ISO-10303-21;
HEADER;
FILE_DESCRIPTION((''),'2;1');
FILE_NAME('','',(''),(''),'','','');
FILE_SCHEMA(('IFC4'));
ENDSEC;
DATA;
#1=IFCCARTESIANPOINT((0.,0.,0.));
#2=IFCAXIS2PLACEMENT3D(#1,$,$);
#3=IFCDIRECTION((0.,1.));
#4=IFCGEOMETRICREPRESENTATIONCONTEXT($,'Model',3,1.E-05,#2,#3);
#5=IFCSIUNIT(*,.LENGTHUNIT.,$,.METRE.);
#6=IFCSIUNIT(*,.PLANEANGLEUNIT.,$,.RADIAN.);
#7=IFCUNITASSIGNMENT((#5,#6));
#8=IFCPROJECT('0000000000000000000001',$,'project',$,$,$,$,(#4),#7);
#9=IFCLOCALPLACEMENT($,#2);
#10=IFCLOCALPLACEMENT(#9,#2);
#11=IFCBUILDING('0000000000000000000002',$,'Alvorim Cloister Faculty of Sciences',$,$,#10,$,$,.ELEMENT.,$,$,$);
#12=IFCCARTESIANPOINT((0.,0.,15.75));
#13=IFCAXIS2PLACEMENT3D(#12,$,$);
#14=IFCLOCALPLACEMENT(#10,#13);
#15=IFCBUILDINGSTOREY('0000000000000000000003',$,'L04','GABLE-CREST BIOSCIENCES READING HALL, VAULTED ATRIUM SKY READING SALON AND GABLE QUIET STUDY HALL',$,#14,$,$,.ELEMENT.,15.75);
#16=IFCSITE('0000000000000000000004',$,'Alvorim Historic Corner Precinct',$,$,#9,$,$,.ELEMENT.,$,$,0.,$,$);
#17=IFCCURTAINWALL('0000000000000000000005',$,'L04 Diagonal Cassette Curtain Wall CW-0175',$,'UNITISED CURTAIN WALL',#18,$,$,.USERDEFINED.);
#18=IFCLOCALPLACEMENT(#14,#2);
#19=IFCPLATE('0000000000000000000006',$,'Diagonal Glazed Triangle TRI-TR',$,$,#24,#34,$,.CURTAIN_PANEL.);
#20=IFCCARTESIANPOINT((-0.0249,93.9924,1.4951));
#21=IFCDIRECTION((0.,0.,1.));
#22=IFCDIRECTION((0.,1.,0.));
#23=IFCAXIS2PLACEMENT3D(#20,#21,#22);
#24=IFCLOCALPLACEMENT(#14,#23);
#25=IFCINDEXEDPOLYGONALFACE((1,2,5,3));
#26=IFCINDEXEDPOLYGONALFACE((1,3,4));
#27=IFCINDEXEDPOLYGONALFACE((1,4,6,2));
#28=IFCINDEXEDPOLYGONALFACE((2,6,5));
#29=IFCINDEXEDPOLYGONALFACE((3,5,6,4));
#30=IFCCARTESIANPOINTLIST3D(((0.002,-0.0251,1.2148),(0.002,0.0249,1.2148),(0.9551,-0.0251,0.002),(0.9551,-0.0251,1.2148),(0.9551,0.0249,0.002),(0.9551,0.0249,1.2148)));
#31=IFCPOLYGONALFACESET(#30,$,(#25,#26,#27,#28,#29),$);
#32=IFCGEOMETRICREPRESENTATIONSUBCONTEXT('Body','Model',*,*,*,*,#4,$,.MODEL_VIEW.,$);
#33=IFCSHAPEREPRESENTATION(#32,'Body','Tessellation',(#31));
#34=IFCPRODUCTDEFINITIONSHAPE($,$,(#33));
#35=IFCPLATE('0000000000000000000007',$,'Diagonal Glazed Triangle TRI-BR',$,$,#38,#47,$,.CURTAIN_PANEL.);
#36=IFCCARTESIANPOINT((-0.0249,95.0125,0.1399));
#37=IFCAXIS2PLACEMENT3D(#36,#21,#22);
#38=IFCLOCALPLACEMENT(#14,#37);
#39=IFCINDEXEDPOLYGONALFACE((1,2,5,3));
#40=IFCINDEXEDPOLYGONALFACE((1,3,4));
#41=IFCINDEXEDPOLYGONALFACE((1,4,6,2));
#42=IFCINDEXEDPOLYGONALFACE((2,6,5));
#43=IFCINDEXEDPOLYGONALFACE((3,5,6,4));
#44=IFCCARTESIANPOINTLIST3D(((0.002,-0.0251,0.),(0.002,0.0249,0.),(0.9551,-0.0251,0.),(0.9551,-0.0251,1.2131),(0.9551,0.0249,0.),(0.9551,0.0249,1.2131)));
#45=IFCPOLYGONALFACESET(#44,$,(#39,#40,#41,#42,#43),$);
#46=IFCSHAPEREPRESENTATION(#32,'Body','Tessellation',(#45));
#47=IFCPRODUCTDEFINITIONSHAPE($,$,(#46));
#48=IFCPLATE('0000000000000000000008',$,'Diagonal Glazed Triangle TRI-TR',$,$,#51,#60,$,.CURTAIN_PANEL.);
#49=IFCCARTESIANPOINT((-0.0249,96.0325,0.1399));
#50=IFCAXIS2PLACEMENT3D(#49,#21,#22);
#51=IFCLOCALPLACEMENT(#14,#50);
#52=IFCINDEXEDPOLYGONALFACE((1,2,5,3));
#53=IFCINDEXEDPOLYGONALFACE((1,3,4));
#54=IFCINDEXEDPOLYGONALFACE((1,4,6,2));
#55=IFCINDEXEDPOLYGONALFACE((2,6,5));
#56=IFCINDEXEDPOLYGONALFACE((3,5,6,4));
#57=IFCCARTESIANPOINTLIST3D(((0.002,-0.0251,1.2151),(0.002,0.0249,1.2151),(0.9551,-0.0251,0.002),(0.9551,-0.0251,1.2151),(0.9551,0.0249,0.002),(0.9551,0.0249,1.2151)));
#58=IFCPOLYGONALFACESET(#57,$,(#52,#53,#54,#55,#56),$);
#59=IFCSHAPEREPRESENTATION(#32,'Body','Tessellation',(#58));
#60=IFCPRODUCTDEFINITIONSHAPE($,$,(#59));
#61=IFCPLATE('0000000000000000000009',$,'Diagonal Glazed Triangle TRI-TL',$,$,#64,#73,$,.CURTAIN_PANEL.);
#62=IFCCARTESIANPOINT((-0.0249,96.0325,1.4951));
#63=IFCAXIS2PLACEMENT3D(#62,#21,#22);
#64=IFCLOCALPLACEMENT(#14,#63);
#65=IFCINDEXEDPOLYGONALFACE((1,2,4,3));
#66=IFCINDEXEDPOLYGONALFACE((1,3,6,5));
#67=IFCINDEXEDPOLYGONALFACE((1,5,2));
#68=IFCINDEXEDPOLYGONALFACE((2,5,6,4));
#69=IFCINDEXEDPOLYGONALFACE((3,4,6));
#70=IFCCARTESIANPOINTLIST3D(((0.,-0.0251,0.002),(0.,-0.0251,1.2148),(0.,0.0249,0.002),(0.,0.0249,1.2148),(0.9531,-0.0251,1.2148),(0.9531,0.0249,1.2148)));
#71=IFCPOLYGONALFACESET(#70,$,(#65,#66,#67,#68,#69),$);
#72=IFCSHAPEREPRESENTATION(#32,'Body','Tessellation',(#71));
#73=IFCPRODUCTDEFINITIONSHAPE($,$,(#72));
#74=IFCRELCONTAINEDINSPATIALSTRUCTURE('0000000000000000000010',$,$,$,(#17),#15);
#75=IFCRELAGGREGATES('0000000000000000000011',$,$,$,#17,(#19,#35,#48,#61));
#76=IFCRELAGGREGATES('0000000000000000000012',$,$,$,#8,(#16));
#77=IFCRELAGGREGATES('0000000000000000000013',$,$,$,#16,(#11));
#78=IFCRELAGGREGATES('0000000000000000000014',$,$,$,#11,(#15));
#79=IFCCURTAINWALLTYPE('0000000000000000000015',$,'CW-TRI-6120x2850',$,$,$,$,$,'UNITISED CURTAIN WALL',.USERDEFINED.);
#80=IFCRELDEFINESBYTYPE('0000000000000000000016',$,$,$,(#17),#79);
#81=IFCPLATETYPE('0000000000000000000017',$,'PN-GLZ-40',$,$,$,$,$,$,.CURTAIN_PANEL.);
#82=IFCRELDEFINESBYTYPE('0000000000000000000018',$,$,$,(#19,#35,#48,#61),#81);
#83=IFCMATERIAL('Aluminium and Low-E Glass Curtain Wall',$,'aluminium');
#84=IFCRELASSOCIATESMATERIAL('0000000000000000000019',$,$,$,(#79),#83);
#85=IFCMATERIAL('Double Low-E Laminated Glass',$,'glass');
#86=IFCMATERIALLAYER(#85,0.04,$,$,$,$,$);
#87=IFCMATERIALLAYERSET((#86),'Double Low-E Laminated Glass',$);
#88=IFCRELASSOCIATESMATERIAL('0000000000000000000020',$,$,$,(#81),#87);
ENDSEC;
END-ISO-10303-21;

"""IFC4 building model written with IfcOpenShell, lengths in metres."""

from ifc_helpers import new_model, si_unit, direction, frame, origin, place, context, subcontext, project, spatial, polyline, outline, extrude, material, layer, layer_set, type_object, element, aggregate, save


model = new_model("IFC4")

# Units and contexts
model_context = context("Model", 3, precision=1e-05, world=origin(), true_north=direction((0.0, 1.0)))
body_context = subcontext(model_context, "Body", "Model", "MODEL_VIEW")
ifc_project = project(units=[si_unit("LENGTHUNIT", "METRE"), si_unit("PLANEANGLEUNIT", "RADIAN")], contexts=[model_context])

# Site, building, storey
site_placement = place(None, origin())
site = spatial("IfcSite", under=ifc_project, at=site_placement, Name="Alvorim Historic Corner Precinct", CompositionType="ELEMENT", RefElevation=0.0)
building_placement = place(site_placement, origin())
building = spatial("IfcBuilding", under=site, at=building_placement, Name="Alvorim Cloister Faculty of Sciences", CompositionType="ELEMENT")
storey_placement = place(building_placement, frame((0.0, 0.0, 15.75)))
storey = spatial("IfcBuildingStorey", under=building, at=storey_placement, Name="L04", Description="GABLE-CREST BIOSCIENCES READING HALL, VAULTED ATRIUM SKY READING SALON AND GABLE QUIET STUDY HALL", CompositionType="ELEMENT", Elevation=15.75)

# Curtain wall, plates
ifc_material_1 = material(Name="Aluminium and Low-E Glass Curtain Wall", Category="aluminium")
curtain_wall_type = type_object("IfcCurtainWallType", Name="CW-TRI-6120x2850", ElementType="UNITISED CURTAIN WALL", PredefinedType="USERDEFINED", material=ifc_material_1)
curtain_wall_placement = place(storey_placement, origin())
curtain_wall = element("IfcCurtainWall", 1, at=curtain_wall_placement, inside=storey, type_object=curtain_wall_type, Name="L04 Diagonal Cassette Curtain Wall CW-0175", ObjectType="UNITISED CURTAIN WALL", PredefinedType="USERDEFINED")
ifc_material_2 = material(Name="Double Low-E Laminated Glass", Category="glass")
ifc_layer = layer(ifc_material_2, 0.04)
ifc_layer_set = layer_set([ifc_layer], Name="Double Low-E Laminated Glass")
plate_type = type_object("IfcPlateType", Name="PN-GLZ-40", PredefinedType="CURTAIN_PANEL", material=ifc_layer_set)
plate_1_placement = place(storey_placement, frame((-0.0249, 93.9924, 1.4951), z_axis=(0.0, 0.0, 1.0), x_axis=(0.0, 1.0, 0.0)))
plate_1 = element("IfcPlate", 2, at=plate_1_placement, type_object=plate_type, Name="Diagonal Glazed Triangle TRI-TR", PredefinedType="CURTAIN_PANEL", context=body_context, shape_type="SweptSolid", body=[
    extrude(outline(polyline([(0.9551, 0.002), (0.9551, 1.2148), (0.002, 1.2148), (0.9551, 0.002)])), frame((0.0, 0.0249, 0.0), z_axis=(0.0, -1.0, 0.0), x_axis=(1.0, 0.0, 0.0)), (0.0, 0.0, 1.0), 0.05),
])
plate_2_placement = place(storey_placement, frame((-0.0249, 95.0125, 0.1399), z_axis=(0.0, 0.0, 1.0), x_axis=(0.0, 1.0, 0.0)))
plate_2 = element("IfcPlate", 3, at=plate_2_placement, type_object=plate_type, Name="Diagonal Glazed Triangle TRI-BR", PredefinedType="CURTAIN_PANEL", context=body_context, shape_type="SweptSolid", body=[
    extrude(outline(polyline([(0.002, 0.0), (0.9551, 0.0), (0.9551, 1.2131), (0.002, 0.0)])), frame((0.0, 0.0249, 0.0), z_axis=(0.0, -1.0, 0.0), x_axis=(1.0, 0.0, 0.0)), (0.0, 0.0, 1.0), 0.05),
])
plate_3_placement = place(storey_placement, frame((-0.0249, 96.0325, 0.1399), z_axis=(0.0, 0.0, 1.0), x_axis=(0.0, 1.0, 0.0)))
plate_3 = element("IfcPlate", 4, at=plate_3_placement, type_object=plate_type, Name="Diagonal Glazed Triangle TRI-TR", PredefinedType="CURTAIN_PANEL", context=body_context, shape_type="SweptSolid", body=[
    extrude(outline(polyline([(0.9551, 0.002), (0.9551, 1.2151), (0.002, 1.2151), (0.9551, 0.002)])), frame((0.0, 0.0249, 0.0), z_axis=(0.0, -1.0, 0.0), x_axis=(1.0, 0.0, 0.0)), (0.0, 0.0, 1.0), 0.05),
])
plate_4_placement = place(storey_placement, frame((-0.0249, 96.0325, 1.4951), z_axis=(0.0, 0.0, 1.0), x_axis=(0.0, 1.0, 0.0)))
plate_4 = element("IfcPlate", 5, at=plate_4_placement, type_object=plate_type, Name="Diagonal Glazed Triangle TRI-TL", PredefinedType="CURTAIN_PANEL", context=body_context, shape_type="SweptSolid", body=[
    extrude(outline(polyline([(0.9531, 1.2148), (0.0, 1.2148), (0.0, 0.002), (0.9531, 1.2148)])), frame((0.0, 0.0249, 0.0), z_axis=(0.0, -1.0, 0.0), x_axis=(1.0, 0.0, 0.0)), (0.0, 0.0, 1.0), 0.05),
])
aggregate(curtain_wall, [plate_1, plate_2, plate_3, plate_4])

save(model, "model.ifc")
